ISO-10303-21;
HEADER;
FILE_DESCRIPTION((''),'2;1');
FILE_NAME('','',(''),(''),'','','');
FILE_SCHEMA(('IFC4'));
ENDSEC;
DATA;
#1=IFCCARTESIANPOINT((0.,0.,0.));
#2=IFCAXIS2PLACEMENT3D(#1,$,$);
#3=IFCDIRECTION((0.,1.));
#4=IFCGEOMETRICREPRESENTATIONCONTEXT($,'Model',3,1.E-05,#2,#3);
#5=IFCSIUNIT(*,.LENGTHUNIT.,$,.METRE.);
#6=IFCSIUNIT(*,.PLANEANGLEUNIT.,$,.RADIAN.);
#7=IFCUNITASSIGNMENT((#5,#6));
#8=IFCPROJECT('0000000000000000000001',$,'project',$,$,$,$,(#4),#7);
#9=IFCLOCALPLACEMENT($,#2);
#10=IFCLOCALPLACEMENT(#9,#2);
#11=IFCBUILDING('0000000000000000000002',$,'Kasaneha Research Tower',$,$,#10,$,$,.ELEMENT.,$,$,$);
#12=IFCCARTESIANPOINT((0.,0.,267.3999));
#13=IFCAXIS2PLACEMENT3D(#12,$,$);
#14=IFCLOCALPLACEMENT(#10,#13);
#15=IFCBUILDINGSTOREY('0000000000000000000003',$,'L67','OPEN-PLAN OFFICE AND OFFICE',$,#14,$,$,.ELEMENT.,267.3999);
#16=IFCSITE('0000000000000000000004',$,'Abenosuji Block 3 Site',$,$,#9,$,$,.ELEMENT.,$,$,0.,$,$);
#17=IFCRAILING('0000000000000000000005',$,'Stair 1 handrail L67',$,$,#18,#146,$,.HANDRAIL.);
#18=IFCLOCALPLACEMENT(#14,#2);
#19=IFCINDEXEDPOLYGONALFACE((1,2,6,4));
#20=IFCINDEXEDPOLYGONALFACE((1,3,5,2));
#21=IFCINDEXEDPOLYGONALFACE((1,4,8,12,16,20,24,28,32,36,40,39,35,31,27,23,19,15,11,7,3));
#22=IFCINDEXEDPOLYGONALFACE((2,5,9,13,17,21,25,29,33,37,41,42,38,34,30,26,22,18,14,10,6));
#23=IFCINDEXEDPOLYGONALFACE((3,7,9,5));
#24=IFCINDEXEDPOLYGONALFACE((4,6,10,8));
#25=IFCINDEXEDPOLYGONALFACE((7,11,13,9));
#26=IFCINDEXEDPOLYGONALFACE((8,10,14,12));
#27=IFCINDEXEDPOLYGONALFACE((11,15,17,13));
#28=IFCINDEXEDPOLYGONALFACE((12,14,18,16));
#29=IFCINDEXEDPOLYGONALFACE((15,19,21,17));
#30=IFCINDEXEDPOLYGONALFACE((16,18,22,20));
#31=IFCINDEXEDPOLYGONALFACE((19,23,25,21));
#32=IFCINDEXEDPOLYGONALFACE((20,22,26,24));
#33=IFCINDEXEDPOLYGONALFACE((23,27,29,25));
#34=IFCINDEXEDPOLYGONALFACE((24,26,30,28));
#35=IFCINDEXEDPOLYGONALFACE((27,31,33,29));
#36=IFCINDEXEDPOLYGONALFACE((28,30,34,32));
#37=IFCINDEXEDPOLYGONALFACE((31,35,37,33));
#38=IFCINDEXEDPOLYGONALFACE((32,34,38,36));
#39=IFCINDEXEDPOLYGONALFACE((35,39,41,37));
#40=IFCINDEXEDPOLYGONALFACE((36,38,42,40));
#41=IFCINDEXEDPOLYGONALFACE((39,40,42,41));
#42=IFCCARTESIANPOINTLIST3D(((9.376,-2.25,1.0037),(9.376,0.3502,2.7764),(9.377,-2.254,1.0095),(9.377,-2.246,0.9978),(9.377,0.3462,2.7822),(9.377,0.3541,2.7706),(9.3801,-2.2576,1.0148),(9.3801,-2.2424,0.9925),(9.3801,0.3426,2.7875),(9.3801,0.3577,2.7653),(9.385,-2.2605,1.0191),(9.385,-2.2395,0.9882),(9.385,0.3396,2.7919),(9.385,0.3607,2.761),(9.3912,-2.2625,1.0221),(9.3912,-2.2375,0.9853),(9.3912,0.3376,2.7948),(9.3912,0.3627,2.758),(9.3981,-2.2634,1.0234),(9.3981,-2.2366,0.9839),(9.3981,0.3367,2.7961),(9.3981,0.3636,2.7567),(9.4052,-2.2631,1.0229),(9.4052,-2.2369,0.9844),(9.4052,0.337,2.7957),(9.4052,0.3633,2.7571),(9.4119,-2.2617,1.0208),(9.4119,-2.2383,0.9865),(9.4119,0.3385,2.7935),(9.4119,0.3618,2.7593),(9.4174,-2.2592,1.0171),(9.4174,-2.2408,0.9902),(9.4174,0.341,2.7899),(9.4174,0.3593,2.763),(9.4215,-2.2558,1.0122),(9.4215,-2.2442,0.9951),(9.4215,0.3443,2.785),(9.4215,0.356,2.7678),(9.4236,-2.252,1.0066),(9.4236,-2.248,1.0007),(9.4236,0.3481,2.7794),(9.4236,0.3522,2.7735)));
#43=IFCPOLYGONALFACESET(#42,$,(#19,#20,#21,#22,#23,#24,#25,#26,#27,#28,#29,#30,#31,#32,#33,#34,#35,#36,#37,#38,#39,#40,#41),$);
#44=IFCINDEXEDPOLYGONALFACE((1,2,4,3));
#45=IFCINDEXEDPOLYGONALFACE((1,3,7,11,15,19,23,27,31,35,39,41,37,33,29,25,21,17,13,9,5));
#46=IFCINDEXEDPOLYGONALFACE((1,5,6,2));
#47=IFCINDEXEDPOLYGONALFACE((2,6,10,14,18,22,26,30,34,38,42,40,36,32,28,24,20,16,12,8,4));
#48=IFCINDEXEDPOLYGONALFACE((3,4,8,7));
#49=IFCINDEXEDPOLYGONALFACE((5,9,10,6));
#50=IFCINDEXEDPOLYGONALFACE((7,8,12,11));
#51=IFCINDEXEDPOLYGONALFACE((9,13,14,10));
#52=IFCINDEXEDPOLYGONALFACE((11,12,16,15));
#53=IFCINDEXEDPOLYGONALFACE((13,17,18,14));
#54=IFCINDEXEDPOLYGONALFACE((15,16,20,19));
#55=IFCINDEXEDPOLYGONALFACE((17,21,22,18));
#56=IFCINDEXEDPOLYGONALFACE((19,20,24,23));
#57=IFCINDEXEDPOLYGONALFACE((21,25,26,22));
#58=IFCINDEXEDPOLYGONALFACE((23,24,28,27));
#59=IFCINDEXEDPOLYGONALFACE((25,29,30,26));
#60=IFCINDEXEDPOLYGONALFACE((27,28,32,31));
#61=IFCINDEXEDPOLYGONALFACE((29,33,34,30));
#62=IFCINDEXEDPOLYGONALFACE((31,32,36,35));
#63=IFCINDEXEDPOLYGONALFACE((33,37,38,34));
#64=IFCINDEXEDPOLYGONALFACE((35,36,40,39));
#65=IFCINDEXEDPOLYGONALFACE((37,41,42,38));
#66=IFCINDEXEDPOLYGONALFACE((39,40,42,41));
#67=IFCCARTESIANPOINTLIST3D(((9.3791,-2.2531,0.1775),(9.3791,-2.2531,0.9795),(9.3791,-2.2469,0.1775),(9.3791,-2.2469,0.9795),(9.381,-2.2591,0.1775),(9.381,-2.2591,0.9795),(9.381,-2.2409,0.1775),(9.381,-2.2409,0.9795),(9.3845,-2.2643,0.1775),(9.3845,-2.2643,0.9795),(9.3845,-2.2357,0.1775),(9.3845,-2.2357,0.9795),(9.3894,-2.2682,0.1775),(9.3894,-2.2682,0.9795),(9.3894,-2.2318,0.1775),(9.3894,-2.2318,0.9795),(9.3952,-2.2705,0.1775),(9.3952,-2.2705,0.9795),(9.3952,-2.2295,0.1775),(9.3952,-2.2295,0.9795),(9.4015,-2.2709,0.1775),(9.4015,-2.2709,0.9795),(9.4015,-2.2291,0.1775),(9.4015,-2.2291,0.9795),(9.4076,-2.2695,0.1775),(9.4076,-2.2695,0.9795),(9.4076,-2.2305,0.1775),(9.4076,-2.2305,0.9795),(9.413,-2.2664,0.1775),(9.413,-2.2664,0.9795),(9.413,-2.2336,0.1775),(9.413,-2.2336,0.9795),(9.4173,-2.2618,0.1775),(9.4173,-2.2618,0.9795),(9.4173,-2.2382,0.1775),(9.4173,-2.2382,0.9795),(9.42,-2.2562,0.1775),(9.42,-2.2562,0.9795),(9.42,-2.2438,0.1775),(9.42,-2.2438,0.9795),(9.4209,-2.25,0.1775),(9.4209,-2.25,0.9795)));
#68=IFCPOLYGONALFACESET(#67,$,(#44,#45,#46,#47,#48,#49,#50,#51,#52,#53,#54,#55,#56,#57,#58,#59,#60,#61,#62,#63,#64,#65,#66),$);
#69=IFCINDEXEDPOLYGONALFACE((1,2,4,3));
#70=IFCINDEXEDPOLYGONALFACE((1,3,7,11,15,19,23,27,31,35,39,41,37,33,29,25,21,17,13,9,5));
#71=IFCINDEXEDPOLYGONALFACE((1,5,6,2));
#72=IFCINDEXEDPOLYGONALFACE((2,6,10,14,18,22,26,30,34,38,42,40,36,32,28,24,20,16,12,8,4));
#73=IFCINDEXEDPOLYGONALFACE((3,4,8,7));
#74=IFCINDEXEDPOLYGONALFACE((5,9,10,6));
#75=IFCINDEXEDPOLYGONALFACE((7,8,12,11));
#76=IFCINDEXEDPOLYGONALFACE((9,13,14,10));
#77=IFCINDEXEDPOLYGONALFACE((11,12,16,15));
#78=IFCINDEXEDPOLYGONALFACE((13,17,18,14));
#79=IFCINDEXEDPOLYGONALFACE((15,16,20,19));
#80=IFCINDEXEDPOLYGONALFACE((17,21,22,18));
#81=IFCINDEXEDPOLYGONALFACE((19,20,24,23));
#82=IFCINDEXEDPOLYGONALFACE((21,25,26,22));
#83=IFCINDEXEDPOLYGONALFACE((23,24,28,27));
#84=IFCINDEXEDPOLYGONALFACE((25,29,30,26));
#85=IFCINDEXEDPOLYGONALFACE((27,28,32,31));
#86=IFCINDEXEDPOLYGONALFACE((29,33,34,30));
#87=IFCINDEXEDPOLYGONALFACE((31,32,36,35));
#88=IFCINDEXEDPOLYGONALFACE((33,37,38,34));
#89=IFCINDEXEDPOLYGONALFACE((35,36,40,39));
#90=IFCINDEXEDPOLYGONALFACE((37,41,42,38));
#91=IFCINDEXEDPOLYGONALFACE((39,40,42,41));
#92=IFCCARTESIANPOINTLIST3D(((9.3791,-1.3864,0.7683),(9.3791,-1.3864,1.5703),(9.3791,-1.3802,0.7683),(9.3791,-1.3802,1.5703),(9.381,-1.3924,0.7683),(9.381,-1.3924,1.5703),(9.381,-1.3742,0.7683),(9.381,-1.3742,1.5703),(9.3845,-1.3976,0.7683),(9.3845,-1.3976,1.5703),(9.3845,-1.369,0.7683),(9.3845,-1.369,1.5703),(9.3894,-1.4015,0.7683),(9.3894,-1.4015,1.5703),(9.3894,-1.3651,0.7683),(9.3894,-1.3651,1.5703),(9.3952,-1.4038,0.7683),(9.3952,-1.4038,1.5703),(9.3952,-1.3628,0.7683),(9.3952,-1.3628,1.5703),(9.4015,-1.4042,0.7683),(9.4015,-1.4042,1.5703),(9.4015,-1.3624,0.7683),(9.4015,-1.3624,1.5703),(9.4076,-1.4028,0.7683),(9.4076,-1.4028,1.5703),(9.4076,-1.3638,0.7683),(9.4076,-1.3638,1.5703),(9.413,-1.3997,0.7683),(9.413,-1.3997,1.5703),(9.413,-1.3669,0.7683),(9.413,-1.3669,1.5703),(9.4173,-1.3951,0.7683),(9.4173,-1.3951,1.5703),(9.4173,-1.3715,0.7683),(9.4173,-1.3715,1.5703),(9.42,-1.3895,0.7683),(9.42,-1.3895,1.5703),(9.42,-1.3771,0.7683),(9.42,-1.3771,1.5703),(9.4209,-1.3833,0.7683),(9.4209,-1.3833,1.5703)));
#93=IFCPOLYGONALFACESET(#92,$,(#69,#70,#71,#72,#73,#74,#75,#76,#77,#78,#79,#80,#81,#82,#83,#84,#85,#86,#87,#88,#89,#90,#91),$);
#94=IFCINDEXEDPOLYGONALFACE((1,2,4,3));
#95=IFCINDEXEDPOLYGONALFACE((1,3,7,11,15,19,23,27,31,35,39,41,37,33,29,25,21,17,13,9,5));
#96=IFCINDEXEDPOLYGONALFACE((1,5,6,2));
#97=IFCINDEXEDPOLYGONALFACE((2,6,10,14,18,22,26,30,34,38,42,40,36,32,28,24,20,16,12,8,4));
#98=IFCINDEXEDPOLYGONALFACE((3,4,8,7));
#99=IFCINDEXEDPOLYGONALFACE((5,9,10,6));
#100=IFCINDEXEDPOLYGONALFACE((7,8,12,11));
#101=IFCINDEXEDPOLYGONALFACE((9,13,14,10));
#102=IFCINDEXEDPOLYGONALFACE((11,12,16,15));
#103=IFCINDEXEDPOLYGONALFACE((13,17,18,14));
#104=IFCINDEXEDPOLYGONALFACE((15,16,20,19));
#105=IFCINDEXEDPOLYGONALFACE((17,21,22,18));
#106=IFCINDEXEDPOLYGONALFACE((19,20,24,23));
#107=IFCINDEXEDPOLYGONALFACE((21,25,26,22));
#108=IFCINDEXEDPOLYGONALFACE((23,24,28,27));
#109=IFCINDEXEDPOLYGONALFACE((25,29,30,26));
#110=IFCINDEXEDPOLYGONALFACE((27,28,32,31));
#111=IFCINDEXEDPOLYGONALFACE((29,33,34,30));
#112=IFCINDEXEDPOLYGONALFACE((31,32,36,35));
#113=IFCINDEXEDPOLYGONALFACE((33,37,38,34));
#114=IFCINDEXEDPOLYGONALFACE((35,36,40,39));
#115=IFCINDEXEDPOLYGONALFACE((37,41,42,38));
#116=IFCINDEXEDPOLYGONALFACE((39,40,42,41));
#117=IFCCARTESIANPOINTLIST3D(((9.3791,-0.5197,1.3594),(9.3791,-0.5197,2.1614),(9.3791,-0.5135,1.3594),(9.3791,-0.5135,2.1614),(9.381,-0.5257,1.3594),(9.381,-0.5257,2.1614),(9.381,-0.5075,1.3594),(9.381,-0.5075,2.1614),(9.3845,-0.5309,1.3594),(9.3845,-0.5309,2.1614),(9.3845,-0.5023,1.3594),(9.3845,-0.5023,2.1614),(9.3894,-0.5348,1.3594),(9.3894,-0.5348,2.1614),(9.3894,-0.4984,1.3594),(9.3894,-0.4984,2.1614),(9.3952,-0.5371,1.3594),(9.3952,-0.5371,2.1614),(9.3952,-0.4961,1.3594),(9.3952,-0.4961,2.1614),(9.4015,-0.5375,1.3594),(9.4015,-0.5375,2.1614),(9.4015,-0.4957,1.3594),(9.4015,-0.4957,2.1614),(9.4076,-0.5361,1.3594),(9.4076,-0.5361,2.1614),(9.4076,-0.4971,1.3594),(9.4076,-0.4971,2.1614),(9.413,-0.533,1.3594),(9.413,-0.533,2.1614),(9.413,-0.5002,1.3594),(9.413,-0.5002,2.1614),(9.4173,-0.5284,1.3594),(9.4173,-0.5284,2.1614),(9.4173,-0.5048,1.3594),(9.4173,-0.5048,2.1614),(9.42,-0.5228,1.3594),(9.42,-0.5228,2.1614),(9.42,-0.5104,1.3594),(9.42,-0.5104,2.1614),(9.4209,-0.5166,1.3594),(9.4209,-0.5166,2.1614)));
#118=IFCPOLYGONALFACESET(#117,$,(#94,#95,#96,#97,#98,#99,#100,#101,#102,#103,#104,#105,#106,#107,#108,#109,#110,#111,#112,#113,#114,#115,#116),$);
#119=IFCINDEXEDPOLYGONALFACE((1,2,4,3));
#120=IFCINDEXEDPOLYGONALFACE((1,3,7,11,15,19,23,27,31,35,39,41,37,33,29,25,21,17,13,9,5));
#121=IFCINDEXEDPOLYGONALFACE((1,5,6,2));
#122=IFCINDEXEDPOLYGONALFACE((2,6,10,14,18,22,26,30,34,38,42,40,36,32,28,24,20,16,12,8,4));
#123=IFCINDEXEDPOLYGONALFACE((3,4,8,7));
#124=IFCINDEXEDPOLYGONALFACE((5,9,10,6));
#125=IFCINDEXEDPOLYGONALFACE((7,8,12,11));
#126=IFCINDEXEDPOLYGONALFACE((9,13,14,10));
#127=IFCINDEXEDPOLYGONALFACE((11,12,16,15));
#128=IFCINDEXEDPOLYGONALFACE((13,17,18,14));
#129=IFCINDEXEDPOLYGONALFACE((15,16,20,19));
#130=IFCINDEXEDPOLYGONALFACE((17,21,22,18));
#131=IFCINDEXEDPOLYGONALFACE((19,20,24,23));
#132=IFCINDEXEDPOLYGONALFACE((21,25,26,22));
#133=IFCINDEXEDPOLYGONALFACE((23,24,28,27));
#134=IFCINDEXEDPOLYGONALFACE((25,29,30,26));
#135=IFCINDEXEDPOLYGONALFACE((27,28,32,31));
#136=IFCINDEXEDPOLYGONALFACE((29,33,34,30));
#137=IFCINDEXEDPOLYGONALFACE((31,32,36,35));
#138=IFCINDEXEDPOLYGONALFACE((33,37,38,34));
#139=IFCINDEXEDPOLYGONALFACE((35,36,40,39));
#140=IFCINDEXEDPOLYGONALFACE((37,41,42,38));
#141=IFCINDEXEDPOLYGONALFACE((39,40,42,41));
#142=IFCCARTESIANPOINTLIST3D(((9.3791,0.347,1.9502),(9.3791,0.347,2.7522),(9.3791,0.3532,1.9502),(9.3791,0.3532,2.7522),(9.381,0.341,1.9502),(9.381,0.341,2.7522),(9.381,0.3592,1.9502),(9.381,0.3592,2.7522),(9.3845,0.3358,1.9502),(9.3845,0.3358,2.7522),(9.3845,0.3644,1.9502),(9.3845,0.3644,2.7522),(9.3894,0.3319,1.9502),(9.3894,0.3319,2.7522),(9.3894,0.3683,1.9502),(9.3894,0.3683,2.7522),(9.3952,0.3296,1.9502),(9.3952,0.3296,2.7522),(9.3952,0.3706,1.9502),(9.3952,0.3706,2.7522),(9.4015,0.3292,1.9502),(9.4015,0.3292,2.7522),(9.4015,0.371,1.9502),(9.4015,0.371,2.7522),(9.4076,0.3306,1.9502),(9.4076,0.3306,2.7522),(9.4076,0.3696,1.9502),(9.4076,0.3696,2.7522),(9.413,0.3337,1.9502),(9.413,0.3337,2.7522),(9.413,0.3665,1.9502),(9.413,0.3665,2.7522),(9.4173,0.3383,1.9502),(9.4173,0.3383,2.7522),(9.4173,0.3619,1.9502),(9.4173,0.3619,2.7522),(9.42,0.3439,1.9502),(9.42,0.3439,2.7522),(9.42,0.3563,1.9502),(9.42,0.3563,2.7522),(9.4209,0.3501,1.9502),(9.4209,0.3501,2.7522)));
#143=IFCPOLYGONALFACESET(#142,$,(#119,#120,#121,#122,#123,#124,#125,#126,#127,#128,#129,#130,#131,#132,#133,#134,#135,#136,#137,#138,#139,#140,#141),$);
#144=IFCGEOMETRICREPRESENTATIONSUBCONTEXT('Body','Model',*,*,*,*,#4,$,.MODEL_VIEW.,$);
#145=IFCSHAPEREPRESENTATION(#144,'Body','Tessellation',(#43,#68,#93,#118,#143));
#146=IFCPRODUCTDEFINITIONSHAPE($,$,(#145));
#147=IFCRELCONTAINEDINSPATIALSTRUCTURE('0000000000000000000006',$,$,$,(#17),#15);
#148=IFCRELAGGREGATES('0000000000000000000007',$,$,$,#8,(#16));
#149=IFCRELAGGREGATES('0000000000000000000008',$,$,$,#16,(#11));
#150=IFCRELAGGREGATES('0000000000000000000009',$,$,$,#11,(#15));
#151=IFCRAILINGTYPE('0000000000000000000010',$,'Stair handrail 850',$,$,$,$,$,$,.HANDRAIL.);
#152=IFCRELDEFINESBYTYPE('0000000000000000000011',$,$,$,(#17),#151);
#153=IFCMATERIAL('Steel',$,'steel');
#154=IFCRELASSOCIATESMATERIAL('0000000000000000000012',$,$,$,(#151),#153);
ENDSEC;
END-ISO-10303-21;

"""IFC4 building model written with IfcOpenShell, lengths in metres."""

from ifc_helpers import new_model, si_unit, direction, frame, origin, origin_2d, place, context, subcontext, project, spatial, circle, extrude, material, type_object, element, save


model = new_model("IFC4")

# Units and contexts
model_context = context("Model", 3, precision=1e-05, world=origin(), true_north=direction((0.0, 1.0)))
body_context = subcontext(model_context, "Body", "Model", "MODEL_VIEW")
ifc_project = project(units=[si_unit("LENGTHUNIT", "METRE"), si_unit("PLANEANGLEUNIT", "RADIAN")], contexts=[model_context])

# Site, building, storey
site_placement = place(None, origin())
site = spatial("IfcSite", under=ifc_project, at=site_placement, Name="Abenosuji Block 3 Site", CompositionType="ELEMENT", RefElevation=0.0)
building_placement = place(site_placement, origin())
building = spatial("IfcBuilding", under=site, at=building_placement, Name="Kasaneha Research Tower", CompositionType="ELEMENT")
storey_placement = place(building_placement, frame((0.0, 0.0, 267.3999)))
storey = spatial("IfcBuildingStorey", under=building, at=storey_placement, Name="L67", Description="OPEN-PLAN OFFICE AND OFFICE", CompositionType="ELEMENT", Elevation=267.3999)

# Railing
ifc_material_1 = material(Name="Steel", Category="steel")
railing_type = type_object("IfcRailingType", Name="Stair handrail 850", PredefinedType="HANDRAIL", material=ifc_material_1)
railing_placement = place(storey_placement, frame((9.3999, -2.25, 0.1775)))
element("IfcRailing", 1, at=railing_placement, inside=storey, type_object=railing_type, Name="Stair 1 handrail L67", PredefinedType="HANDRAIL", context=body_context, shape_type="SweptSolid", body=[
    extrude(circle(Radius=0.0239, at=origin_2d()), frame((0.0, 0.0, 0.8262), z_axis=(0.0, 0.82624, 0.563318), x_axis=(-1.0, 0.0, 0.0)), (0.0, 0.0, 1.0), 3.147),
    extrude(circle(Radius=0.021, at=origin_2d()), origin(), (0.0, 0.0, 1.0), 0.802),
    extrude(circle(Radius=0.021, at=origin_2d()), frame((0.0, 0.8667, 0.5908)), (0.0, 0.0, 1.0), 0.802),
    extrude(circle(Radius=0.021, at=origin_2d()), frame((0.0, 1.7334, 1.1819)), (0.0, 0.0, 1.0), 0.802),
    extrude(circle(Radius=0.021, at=origin_2d()), frame((0.0, 2.6001, 1.7727)), (0.0, 0.0, 1.0), 0.802),
])

save(model, "model.ifc")
